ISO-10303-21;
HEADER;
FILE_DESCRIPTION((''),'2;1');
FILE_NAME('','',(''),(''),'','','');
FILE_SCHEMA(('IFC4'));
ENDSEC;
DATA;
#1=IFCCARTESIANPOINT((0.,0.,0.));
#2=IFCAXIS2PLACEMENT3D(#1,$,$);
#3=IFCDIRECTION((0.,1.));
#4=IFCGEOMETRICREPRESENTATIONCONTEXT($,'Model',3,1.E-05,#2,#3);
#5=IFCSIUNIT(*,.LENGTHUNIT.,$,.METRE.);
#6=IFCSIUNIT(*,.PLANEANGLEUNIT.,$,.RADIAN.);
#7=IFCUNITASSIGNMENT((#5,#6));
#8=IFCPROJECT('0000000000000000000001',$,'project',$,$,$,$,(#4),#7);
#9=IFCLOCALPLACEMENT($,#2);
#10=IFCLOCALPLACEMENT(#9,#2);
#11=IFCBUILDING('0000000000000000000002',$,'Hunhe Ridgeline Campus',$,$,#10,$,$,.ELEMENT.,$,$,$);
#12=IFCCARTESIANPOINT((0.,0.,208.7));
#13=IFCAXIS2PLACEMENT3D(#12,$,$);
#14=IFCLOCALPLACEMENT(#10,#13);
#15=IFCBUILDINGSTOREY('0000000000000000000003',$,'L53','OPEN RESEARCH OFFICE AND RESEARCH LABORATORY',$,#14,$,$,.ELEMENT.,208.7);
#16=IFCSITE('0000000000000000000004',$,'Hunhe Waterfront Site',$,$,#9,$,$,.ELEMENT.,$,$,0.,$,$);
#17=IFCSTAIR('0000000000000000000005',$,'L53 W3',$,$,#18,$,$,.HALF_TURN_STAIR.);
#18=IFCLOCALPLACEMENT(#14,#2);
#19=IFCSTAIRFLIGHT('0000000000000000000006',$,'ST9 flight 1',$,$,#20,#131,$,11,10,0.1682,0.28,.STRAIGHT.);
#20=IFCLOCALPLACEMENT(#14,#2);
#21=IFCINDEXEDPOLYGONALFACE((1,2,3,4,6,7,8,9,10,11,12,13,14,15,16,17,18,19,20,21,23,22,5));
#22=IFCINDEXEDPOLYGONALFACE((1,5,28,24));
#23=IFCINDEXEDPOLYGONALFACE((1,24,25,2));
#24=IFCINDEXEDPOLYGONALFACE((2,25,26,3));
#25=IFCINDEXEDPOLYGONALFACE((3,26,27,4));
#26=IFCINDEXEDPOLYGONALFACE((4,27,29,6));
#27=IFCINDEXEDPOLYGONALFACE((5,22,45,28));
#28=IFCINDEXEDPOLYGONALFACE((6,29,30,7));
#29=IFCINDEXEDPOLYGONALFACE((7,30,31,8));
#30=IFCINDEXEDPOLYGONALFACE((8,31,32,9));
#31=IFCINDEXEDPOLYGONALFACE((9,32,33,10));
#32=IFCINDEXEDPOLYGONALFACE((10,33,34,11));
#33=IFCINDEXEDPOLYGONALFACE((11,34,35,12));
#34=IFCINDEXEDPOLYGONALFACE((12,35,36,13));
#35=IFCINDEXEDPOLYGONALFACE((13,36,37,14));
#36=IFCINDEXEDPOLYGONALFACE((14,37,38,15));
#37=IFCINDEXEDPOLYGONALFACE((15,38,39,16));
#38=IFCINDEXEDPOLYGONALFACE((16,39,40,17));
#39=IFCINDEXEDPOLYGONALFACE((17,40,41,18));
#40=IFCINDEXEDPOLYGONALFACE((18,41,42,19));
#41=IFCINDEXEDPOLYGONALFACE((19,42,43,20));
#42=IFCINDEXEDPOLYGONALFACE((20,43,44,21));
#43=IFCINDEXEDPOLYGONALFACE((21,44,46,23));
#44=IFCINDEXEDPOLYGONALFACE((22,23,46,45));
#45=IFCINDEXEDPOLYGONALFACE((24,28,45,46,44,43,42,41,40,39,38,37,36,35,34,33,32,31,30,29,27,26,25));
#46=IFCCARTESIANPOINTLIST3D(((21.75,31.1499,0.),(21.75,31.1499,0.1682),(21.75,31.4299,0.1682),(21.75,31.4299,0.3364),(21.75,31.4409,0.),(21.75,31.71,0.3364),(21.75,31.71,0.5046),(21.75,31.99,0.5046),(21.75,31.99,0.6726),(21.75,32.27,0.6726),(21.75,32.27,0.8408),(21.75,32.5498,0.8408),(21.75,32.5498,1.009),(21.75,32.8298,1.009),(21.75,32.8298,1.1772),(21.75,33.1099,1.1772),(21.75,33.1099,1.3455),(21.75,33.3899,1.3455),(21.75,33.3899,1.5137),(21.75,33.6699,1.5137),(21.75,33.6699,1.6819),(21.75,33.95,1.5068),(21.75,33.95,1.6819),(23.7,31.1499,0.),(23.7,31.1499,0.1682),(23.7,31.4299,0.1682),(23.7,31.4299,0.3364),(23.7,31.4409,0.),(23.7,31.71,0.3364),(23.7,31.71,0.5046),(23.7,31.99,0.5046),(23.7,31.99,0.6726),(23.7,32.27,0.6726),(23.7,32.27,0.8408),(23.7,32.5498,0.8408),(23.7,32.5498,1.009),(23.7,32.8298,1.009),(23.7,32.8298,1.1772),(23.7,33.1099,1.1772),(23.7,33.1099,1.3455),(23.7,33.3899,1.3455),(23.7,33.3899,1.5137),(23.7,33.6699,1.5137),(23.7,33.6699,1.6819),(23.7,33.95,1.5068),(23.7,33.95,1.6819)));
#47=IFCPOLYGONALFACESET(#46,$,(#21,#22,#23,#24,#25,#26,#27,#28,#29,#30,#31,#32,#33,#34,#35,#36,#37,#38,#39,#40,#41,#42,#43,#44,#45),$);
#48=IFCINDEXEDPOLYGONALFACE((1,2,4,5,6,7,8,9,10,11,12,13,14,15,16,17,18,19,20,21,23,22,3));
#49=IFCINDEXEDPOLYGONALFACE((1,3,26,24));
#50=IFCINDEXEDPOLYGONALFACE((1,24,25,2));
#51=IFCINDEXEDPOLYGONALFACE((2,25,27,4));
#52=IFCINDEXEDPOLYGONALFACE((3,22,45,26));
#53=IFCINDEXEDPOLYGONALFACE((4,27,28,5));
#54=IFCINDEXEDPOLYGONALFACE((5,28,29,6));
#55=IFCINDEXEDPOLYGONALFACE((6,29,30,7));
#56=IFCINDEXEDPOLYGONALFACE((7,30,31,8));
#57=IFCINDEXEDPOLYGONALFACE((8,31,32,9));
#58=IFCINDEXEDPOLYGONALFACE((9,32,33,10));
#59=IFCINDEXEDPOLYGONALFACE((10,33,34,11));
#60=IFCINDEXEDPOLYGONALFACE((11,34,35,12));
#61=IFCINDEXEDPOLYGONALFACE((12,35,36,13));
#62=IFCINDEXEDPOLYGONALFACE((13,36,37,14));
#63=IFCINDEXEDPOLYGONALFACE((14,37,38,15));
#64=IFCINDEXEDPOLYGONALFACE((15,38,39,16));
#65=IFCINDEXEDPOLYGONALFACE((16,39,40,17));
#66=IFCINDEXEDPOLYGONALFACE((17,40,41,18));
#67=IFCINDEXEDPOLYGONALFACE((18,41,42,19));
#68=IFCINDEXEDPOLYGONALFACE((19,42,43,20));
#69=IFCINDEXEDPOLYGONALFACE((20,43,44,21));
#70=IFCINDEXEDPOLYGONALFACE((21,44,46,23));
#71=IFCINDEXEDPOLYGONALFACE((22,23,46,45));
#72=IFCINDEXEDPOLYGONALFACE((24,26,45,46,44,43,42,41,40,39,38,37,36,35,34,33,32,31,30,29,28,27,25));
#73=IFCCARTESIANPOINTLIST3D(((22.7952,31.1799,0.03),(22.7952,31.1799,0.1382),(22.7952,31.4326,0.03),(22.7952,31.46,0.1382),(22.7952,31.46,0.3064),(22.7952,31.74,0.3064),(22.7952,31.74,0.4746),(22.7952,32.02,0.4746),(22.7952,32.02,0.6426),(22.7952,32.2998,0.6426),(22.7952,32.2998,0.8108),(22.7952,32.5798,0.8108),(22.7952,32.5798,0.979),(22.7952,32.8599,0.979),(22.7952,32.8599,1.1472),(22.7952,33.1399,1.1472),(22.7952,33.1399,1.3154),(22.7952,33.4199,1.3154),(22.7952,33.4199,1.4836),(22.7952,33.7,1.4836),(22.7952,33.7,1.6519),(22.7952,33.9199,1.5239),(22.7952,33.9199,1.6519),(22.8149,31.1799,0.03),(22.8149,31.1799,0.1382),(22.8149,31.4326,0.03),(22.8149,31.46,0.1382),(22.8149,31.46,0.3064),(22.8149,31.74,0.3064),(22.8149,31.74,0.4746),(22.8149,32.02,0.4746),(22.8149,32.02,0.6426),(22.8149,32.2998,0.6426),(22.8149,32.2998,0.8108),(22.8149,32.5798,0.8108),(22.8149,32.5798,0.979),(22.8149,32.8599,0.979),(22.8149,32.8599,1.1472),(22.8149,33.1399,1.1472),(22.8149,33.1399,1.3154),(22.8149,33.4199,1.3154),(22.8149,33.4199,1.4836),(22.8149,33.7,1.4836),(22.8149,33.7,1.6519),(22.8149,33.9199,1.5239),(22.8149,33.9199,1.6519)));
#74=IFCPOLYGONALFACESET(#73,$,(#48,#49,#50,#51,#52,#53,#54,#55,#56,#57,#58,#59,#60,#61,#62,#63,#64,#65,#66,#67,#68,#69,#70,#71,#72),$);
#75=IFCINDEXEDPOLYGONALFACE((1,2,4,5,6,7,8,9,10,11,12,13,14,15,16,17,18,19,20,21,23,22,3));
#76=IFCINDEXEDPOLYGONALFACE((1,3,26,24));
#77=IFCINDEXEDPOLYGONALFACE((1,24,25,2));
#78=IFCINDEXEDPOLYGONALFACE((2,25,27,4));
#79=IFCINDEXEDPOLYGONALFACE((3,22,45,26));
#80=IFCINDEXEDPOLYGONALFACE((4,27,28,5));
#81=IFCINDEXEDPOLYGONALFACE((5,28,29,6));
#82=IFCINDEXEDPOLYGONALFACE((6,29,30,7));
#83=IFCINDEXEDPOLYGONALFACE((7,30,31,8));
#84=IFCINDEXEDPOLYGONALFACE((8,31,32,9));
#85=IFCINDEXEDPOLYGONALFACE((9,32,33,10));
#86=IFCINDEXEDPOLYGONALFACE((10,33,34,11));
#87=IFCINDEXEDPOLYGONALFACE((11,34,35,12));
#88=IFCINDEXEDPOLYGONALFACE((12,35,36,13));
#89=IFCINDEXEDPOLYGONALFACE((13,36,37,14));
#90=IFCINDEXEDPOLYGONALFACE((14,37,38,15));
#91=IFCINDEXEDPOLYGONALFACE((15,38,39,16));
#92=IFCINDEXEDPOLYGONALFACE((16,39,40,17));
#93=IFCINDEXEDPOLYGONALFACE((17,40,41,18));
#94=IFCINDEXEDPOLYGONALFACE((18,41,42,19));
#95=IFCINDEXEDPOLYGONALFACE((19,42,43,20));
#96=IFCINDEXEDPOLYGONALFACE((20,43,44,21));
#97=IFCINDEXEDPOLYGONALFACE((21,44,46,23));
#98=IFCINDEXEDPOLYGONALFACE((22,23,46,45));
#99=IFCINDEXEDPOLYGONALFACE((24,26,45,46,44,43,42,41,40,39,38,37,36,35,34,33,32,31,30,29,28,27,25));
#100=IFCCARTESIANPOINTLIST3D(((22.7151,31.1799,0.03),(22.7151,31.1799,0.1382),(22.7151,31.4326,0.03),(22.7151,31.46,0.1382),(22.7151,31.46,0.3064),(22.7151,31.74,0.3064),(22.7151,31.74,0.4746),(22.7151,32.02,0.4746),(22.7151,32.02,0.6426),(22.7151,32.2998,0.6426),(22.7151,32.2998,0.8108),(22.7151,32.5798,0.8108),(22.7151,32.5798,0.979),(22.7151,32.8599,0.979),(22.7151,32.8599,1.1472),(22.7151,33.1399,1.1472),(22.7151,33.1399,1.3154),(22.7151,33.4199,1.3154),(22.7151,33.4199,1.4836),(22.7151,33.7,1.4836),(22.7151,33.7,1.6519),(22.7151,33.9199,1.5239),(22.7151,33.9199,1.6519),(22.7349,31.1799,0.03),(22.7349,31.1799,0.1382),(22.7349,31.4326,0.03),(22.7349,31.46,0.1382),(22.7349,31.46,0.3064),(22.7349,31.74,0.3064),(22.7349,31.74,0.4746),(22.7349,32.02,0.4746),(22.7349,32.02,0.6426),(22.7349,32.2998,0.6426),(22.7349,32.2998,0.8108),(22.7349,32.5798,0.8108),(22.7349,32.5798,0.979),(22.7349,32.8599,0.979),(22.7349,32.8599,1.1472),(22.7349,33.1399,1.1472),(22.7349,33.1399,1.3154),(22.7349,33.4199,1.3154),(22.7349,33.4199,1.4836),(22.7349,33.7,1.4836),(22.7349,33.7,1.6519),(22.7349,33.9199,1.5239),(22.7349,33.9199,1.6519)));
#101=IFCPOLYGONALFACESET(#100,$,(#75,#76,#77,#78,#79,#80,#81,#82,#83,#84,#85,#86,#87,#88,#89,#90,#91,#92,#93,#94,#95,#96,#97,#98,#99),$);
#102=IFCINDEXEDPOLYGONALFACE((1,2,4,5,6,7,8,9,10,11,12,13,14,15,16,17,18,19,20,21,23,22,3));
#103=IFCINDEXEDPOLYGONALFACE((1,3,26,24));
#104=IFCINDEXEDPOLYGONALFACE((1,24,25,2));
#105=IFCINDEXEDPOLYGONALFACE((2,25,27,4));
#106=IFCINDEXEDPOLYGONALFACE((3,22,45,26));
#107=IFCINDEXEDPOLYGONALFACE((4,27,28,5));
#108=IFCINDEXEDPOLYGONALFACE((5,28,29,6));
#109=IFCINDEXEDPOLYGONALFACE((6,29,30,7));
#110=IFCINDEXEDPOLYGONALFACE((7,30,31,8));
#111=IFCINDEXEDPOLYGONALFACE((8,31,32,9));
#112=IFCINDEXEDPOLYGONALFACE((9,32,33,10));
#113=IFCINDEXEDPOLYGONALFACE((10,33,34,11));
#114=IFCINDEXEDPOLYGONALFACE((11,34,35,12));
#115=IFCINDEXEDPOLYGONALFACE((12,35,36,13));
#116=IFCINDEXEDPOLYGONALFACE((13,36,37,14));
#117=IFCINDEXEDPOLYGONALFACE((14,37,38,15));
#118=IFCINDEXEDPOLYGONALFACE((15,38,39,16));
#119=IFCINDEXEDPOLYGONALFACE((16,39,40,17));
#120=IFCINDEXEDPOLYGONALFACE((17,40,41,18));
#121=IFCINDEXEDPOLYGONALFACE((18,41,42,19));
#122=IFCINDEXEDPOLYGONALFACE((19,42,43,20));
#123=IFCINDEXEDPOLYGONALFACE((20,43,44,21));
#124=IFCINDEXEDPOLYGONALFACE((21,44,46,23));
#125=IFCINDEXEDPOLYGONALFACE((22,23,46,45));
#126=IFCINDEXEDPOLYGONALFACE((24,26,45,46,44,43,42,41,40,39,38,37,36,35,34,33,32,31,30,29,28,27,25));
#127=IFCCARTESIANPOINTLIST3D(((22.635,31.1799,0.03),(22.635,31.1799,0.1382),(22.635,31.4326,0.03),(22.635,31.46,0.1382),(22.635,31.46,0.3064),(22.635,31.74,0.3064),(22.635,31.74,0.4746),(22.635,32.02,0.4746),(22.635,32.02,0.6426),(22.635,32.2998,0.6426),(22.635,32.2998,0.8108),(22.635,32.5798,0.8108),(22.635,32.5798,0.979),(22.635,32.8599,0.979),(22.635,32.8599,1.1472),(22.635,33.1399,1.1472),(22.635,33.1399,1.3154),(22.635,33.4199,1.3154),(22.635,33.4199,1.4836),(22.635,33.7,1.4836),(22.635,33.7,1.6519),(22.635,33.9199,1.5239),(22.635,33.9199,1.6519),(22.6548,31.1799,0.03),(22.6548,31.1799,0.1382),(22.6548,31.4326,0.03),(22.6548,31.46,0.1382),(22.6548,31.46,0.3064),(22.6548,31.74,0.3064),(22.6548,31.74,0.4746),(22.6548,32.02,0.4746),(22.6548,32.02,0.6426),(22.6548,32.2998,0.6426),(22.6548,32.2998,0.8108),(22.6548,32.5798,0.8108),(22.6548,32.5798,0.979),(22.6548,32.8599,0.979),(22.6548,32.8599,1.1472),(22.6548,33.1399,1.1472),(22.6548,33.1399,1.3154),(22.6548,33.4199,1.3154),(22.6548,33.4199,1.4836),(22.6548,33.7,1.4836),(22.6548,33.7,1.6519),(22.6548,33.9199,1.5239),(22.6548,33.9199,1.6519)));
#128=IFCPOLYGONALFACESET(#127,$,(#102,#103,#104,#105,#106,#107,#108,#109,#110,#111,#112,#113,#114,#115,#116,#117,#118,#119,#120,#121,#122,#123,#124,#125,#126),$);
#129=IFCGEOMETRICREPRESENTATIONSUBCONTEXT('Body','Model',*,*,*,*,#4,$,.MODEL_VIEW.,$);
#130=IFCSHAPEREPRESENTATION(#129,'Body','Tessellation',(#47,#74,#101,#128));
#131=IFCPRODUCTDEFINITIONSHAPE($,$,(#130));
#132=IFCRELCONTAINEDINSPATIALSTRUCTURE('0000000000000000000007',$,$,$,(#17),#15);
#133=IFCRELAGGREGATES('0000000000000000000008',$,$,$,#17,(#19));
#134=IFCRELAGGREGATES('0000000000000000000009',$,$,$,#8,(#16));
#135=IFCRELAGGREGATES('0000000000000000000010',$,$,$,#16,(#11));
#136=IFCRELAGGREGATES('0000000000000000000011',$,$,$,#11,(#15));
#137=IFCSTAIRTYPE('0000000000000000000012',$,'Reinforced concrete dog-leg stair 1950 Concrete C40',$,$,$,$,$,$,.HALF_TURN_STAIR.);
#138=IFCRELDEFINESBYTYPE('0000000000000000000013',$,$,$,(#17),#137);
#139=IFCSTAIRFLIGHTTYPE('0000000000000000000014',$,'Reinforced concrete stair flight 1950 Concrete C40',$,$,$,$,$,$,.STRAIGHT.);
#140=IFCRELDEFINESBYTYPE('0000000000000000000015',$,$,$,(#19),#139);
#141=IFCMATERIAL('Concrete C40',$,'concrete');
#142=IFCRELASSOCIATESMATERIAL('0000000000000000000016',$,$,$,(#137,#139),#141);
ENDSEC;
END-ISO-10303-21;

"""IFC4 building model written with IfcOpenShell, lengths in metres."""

from ifc_helpers import new_model, si_unit, direction, frame, origin, place, context, subcontext, project, spatial, polyline, outline, extrude, material, type_object, element, aggregate, save


model = new_model("IFC4")

# Units and contexts
model_context = context("Model", 3, precision=1e-05, world=origin(), true_north=direction((0.0, 1.0)))
body_context = subcontext(model_context, "Body", "Model", "MODEL_VIEW")
ifc_project = project(units=[si_unit("LENGTHUNIT", "METRE"), si_unit("PLANEANGLEUNIT", "RADIAN")], contexts=[model_context])

# Site, building, storey
site_placement = place(None, origin())
site = spatial("IfcSite", under=ifc_project, at=site_placement, Name="Hunhe Waterfront Site", CompositionType="ELEMENT", RefElevation=0.0)
building_placement = place(site_placement, origin())
building = spatial("IfcBuilding", under=site, at=building_placement, Name="Hunhe Ridgeline Campus", CompositionType="ELEMENT")
storey_placement = place(building_placement, frame((0.0, 0.0, 208.7)))
storey = spatial("IfcBuildingStorey", under=building, at=storey_placement, Name="L53", Description="OPEN RESEARCH OFFICE AND RESEARCH LABORATORY", CompositionType="ELEMENT", Elevation=208.7)

# Stair, stair flight
ifc_material_1 = material(Name="Concrete C40", Category="concrete")
stair_type = type_object("IfcStairType", Name="Reinforced concrete dog-leg stair 1950 Concrete C40", PredefinedType="HALF_TURN_STAIR", material=ifc_material_1)
stair_placement = place(storey_placement, origin())
stair = element("IfcStair", 1, at=stair_placement, inside=storey, type_object=stair_type, Name="L53 W3", PredefinedType="HALF_TURN_STAIR")
stair_flight_type = type_object("IfcStairFlightType", Name="Reinforced concrete stair flight 1950 Concrete C40", PredefinedType="STRAIGHT", material=ifc_material_1)
stair_flight_1_placement = place(storey_placement, frame((22.7251, 31.1499, 0.0), z_axis=(0.0, 0.0, 1.0), x_axis=(0.0, 1.0, 0.0)))
stair_flight_1 = element("IfcStairFlight", 2, at=stair_flight_1_placement, type_object=stair_flight_type, Name="ST9 flight 1", NumberOfRisers=11, NumberOfTreads=10, PredefinedType="STRAIGHT", RiserHeight=0.1682, TreadLength=0.28, context=body_context, shape_type="SweptSolid", body=[
    extrude(outline(polyline([(0.0, 0.0), (0.0, 0.1682), (0.28, 0.1682), (0.28, 0.3364), (0.5601, 0.3364), (0.5601, 0.5046), (0.8401, 0.5046), (0.8401, 0.6726), (1.1201, 0.6726), (1.1201, 0.8408), (1.3999, 0.8408), (1.3999, 1.009), (1.6799, 1.009), (1.6799, 1.1772), (1.96, 1.1772), (1.96, 1.3455), (2.24, 1.3455), (2.24, 1.5137), (2.52, 1.5137), (2.52, 1.6819), (2.8, 1.6819), (2.8, 1.8501), (2.8, 1.5068), (0.291, 0.0), (0.0, 0.0)])), frame((0.0, 0.9751, 0.0), z_axis=(0.0, -1.0, 0.0), x_axis=(1.0, 0.0, 0.0)), (0.0, 0.0, 1.0), 1.95),
    extrude(outline(polyline([(0.03, 0.03), (0.03, 0.1382), (0.3101, 0.1382), (0.3101, 0.3064), (0.5901, 0.3064), (0.5901, 0.4746), (0.8701, 0.4746), (0.8701, 0.6426), (1.1499, 0.6426), (1.1499, 0.8108), (1.4299, 0.8108), (1.4299, 0.979), (1.71, 0.979), (1.71, 1.1472), (1.99, 1.1472), (1.99, 1.3154), (2.27, 1.3154), (2.27, 1.4836), (2.55, 1.4836), (2.55, 1.6519), (2.77, 1.6519), (2.77, 1.5239), (0.2827, 0.03), (0.03, 0.03)])), frame((0.0, -0.0701, 0.0), z_axis=(0.0, -1.0, 0.0), x_axis=(1.0, 0.0, 0.0)), (0.0, 0.0, 1.0), 0.0198),
    extrude(outline(polyline([(0.03, 0.03), (0.03, 0.1382), (0.3101, 0.1382), (0.3101, 0.3064), (0.5901, 0.3064), (0.5901, 0.4746), (0.8701, 0.4746), (0.8701, 0.6426), (1.1499, 0.6426), (1.1499, 0.8108), (1.4299, 0.8108), (1.4299, 0.979), (1.71, 0.979), (1.71, 1.1472), (1.99, 1.1472), (1.99, 1.3154), (2.27, 1.3154), (2.27, 1.4836), (2.55, 1.4836), (2.55, 1.6519), (2.77, 1.6519), (2.77, 1.5239), (0.2827, 0.03), (0.03, 0.03)])), frame((0.0, 0.01, 0.0), z_axis=(0.0, -1.0, 0.0), x_axis=(1.0, 0.0, 0.0)), (0.0, 0.0, 1.0), 0.0198),
    extrude(outline(polyline([(0.03, 0.03), (0.03, 0.1382), (0.3101, 0.1382), (0.3101, 0.3064), (0.5901, 0.3064), (0.5901, 0.4746), (0.8701, 0.4746), (0.8701, 0.6426), (1.1499, 0.6426), (1.1499, 0.8108), (1.4299, 0.8108), (1.4299, 0.979), (1.71, 0.979), (1.71, 1.1472), (1.99, 1.1472), (1.99, 1.3154), (2.27, 1.3154), (2.27, 1.4836), (2.55, 1.4836), (2.55, 1.6519), (2.77, 1.6519), (2.77, 1.5239), (0.2827, 0.03), (0.03, 0.03)])), frame((0.0, 0.0901, 0.0), z_axis=(0.0, -1.0, 0.0), x_axis=(1.0, 0.0, 0.0)), (0.0, 0.0, 1.0), 0.0198),
])
aggregate(stair, [stair_flight_1])

save(model, "model.ifc")
